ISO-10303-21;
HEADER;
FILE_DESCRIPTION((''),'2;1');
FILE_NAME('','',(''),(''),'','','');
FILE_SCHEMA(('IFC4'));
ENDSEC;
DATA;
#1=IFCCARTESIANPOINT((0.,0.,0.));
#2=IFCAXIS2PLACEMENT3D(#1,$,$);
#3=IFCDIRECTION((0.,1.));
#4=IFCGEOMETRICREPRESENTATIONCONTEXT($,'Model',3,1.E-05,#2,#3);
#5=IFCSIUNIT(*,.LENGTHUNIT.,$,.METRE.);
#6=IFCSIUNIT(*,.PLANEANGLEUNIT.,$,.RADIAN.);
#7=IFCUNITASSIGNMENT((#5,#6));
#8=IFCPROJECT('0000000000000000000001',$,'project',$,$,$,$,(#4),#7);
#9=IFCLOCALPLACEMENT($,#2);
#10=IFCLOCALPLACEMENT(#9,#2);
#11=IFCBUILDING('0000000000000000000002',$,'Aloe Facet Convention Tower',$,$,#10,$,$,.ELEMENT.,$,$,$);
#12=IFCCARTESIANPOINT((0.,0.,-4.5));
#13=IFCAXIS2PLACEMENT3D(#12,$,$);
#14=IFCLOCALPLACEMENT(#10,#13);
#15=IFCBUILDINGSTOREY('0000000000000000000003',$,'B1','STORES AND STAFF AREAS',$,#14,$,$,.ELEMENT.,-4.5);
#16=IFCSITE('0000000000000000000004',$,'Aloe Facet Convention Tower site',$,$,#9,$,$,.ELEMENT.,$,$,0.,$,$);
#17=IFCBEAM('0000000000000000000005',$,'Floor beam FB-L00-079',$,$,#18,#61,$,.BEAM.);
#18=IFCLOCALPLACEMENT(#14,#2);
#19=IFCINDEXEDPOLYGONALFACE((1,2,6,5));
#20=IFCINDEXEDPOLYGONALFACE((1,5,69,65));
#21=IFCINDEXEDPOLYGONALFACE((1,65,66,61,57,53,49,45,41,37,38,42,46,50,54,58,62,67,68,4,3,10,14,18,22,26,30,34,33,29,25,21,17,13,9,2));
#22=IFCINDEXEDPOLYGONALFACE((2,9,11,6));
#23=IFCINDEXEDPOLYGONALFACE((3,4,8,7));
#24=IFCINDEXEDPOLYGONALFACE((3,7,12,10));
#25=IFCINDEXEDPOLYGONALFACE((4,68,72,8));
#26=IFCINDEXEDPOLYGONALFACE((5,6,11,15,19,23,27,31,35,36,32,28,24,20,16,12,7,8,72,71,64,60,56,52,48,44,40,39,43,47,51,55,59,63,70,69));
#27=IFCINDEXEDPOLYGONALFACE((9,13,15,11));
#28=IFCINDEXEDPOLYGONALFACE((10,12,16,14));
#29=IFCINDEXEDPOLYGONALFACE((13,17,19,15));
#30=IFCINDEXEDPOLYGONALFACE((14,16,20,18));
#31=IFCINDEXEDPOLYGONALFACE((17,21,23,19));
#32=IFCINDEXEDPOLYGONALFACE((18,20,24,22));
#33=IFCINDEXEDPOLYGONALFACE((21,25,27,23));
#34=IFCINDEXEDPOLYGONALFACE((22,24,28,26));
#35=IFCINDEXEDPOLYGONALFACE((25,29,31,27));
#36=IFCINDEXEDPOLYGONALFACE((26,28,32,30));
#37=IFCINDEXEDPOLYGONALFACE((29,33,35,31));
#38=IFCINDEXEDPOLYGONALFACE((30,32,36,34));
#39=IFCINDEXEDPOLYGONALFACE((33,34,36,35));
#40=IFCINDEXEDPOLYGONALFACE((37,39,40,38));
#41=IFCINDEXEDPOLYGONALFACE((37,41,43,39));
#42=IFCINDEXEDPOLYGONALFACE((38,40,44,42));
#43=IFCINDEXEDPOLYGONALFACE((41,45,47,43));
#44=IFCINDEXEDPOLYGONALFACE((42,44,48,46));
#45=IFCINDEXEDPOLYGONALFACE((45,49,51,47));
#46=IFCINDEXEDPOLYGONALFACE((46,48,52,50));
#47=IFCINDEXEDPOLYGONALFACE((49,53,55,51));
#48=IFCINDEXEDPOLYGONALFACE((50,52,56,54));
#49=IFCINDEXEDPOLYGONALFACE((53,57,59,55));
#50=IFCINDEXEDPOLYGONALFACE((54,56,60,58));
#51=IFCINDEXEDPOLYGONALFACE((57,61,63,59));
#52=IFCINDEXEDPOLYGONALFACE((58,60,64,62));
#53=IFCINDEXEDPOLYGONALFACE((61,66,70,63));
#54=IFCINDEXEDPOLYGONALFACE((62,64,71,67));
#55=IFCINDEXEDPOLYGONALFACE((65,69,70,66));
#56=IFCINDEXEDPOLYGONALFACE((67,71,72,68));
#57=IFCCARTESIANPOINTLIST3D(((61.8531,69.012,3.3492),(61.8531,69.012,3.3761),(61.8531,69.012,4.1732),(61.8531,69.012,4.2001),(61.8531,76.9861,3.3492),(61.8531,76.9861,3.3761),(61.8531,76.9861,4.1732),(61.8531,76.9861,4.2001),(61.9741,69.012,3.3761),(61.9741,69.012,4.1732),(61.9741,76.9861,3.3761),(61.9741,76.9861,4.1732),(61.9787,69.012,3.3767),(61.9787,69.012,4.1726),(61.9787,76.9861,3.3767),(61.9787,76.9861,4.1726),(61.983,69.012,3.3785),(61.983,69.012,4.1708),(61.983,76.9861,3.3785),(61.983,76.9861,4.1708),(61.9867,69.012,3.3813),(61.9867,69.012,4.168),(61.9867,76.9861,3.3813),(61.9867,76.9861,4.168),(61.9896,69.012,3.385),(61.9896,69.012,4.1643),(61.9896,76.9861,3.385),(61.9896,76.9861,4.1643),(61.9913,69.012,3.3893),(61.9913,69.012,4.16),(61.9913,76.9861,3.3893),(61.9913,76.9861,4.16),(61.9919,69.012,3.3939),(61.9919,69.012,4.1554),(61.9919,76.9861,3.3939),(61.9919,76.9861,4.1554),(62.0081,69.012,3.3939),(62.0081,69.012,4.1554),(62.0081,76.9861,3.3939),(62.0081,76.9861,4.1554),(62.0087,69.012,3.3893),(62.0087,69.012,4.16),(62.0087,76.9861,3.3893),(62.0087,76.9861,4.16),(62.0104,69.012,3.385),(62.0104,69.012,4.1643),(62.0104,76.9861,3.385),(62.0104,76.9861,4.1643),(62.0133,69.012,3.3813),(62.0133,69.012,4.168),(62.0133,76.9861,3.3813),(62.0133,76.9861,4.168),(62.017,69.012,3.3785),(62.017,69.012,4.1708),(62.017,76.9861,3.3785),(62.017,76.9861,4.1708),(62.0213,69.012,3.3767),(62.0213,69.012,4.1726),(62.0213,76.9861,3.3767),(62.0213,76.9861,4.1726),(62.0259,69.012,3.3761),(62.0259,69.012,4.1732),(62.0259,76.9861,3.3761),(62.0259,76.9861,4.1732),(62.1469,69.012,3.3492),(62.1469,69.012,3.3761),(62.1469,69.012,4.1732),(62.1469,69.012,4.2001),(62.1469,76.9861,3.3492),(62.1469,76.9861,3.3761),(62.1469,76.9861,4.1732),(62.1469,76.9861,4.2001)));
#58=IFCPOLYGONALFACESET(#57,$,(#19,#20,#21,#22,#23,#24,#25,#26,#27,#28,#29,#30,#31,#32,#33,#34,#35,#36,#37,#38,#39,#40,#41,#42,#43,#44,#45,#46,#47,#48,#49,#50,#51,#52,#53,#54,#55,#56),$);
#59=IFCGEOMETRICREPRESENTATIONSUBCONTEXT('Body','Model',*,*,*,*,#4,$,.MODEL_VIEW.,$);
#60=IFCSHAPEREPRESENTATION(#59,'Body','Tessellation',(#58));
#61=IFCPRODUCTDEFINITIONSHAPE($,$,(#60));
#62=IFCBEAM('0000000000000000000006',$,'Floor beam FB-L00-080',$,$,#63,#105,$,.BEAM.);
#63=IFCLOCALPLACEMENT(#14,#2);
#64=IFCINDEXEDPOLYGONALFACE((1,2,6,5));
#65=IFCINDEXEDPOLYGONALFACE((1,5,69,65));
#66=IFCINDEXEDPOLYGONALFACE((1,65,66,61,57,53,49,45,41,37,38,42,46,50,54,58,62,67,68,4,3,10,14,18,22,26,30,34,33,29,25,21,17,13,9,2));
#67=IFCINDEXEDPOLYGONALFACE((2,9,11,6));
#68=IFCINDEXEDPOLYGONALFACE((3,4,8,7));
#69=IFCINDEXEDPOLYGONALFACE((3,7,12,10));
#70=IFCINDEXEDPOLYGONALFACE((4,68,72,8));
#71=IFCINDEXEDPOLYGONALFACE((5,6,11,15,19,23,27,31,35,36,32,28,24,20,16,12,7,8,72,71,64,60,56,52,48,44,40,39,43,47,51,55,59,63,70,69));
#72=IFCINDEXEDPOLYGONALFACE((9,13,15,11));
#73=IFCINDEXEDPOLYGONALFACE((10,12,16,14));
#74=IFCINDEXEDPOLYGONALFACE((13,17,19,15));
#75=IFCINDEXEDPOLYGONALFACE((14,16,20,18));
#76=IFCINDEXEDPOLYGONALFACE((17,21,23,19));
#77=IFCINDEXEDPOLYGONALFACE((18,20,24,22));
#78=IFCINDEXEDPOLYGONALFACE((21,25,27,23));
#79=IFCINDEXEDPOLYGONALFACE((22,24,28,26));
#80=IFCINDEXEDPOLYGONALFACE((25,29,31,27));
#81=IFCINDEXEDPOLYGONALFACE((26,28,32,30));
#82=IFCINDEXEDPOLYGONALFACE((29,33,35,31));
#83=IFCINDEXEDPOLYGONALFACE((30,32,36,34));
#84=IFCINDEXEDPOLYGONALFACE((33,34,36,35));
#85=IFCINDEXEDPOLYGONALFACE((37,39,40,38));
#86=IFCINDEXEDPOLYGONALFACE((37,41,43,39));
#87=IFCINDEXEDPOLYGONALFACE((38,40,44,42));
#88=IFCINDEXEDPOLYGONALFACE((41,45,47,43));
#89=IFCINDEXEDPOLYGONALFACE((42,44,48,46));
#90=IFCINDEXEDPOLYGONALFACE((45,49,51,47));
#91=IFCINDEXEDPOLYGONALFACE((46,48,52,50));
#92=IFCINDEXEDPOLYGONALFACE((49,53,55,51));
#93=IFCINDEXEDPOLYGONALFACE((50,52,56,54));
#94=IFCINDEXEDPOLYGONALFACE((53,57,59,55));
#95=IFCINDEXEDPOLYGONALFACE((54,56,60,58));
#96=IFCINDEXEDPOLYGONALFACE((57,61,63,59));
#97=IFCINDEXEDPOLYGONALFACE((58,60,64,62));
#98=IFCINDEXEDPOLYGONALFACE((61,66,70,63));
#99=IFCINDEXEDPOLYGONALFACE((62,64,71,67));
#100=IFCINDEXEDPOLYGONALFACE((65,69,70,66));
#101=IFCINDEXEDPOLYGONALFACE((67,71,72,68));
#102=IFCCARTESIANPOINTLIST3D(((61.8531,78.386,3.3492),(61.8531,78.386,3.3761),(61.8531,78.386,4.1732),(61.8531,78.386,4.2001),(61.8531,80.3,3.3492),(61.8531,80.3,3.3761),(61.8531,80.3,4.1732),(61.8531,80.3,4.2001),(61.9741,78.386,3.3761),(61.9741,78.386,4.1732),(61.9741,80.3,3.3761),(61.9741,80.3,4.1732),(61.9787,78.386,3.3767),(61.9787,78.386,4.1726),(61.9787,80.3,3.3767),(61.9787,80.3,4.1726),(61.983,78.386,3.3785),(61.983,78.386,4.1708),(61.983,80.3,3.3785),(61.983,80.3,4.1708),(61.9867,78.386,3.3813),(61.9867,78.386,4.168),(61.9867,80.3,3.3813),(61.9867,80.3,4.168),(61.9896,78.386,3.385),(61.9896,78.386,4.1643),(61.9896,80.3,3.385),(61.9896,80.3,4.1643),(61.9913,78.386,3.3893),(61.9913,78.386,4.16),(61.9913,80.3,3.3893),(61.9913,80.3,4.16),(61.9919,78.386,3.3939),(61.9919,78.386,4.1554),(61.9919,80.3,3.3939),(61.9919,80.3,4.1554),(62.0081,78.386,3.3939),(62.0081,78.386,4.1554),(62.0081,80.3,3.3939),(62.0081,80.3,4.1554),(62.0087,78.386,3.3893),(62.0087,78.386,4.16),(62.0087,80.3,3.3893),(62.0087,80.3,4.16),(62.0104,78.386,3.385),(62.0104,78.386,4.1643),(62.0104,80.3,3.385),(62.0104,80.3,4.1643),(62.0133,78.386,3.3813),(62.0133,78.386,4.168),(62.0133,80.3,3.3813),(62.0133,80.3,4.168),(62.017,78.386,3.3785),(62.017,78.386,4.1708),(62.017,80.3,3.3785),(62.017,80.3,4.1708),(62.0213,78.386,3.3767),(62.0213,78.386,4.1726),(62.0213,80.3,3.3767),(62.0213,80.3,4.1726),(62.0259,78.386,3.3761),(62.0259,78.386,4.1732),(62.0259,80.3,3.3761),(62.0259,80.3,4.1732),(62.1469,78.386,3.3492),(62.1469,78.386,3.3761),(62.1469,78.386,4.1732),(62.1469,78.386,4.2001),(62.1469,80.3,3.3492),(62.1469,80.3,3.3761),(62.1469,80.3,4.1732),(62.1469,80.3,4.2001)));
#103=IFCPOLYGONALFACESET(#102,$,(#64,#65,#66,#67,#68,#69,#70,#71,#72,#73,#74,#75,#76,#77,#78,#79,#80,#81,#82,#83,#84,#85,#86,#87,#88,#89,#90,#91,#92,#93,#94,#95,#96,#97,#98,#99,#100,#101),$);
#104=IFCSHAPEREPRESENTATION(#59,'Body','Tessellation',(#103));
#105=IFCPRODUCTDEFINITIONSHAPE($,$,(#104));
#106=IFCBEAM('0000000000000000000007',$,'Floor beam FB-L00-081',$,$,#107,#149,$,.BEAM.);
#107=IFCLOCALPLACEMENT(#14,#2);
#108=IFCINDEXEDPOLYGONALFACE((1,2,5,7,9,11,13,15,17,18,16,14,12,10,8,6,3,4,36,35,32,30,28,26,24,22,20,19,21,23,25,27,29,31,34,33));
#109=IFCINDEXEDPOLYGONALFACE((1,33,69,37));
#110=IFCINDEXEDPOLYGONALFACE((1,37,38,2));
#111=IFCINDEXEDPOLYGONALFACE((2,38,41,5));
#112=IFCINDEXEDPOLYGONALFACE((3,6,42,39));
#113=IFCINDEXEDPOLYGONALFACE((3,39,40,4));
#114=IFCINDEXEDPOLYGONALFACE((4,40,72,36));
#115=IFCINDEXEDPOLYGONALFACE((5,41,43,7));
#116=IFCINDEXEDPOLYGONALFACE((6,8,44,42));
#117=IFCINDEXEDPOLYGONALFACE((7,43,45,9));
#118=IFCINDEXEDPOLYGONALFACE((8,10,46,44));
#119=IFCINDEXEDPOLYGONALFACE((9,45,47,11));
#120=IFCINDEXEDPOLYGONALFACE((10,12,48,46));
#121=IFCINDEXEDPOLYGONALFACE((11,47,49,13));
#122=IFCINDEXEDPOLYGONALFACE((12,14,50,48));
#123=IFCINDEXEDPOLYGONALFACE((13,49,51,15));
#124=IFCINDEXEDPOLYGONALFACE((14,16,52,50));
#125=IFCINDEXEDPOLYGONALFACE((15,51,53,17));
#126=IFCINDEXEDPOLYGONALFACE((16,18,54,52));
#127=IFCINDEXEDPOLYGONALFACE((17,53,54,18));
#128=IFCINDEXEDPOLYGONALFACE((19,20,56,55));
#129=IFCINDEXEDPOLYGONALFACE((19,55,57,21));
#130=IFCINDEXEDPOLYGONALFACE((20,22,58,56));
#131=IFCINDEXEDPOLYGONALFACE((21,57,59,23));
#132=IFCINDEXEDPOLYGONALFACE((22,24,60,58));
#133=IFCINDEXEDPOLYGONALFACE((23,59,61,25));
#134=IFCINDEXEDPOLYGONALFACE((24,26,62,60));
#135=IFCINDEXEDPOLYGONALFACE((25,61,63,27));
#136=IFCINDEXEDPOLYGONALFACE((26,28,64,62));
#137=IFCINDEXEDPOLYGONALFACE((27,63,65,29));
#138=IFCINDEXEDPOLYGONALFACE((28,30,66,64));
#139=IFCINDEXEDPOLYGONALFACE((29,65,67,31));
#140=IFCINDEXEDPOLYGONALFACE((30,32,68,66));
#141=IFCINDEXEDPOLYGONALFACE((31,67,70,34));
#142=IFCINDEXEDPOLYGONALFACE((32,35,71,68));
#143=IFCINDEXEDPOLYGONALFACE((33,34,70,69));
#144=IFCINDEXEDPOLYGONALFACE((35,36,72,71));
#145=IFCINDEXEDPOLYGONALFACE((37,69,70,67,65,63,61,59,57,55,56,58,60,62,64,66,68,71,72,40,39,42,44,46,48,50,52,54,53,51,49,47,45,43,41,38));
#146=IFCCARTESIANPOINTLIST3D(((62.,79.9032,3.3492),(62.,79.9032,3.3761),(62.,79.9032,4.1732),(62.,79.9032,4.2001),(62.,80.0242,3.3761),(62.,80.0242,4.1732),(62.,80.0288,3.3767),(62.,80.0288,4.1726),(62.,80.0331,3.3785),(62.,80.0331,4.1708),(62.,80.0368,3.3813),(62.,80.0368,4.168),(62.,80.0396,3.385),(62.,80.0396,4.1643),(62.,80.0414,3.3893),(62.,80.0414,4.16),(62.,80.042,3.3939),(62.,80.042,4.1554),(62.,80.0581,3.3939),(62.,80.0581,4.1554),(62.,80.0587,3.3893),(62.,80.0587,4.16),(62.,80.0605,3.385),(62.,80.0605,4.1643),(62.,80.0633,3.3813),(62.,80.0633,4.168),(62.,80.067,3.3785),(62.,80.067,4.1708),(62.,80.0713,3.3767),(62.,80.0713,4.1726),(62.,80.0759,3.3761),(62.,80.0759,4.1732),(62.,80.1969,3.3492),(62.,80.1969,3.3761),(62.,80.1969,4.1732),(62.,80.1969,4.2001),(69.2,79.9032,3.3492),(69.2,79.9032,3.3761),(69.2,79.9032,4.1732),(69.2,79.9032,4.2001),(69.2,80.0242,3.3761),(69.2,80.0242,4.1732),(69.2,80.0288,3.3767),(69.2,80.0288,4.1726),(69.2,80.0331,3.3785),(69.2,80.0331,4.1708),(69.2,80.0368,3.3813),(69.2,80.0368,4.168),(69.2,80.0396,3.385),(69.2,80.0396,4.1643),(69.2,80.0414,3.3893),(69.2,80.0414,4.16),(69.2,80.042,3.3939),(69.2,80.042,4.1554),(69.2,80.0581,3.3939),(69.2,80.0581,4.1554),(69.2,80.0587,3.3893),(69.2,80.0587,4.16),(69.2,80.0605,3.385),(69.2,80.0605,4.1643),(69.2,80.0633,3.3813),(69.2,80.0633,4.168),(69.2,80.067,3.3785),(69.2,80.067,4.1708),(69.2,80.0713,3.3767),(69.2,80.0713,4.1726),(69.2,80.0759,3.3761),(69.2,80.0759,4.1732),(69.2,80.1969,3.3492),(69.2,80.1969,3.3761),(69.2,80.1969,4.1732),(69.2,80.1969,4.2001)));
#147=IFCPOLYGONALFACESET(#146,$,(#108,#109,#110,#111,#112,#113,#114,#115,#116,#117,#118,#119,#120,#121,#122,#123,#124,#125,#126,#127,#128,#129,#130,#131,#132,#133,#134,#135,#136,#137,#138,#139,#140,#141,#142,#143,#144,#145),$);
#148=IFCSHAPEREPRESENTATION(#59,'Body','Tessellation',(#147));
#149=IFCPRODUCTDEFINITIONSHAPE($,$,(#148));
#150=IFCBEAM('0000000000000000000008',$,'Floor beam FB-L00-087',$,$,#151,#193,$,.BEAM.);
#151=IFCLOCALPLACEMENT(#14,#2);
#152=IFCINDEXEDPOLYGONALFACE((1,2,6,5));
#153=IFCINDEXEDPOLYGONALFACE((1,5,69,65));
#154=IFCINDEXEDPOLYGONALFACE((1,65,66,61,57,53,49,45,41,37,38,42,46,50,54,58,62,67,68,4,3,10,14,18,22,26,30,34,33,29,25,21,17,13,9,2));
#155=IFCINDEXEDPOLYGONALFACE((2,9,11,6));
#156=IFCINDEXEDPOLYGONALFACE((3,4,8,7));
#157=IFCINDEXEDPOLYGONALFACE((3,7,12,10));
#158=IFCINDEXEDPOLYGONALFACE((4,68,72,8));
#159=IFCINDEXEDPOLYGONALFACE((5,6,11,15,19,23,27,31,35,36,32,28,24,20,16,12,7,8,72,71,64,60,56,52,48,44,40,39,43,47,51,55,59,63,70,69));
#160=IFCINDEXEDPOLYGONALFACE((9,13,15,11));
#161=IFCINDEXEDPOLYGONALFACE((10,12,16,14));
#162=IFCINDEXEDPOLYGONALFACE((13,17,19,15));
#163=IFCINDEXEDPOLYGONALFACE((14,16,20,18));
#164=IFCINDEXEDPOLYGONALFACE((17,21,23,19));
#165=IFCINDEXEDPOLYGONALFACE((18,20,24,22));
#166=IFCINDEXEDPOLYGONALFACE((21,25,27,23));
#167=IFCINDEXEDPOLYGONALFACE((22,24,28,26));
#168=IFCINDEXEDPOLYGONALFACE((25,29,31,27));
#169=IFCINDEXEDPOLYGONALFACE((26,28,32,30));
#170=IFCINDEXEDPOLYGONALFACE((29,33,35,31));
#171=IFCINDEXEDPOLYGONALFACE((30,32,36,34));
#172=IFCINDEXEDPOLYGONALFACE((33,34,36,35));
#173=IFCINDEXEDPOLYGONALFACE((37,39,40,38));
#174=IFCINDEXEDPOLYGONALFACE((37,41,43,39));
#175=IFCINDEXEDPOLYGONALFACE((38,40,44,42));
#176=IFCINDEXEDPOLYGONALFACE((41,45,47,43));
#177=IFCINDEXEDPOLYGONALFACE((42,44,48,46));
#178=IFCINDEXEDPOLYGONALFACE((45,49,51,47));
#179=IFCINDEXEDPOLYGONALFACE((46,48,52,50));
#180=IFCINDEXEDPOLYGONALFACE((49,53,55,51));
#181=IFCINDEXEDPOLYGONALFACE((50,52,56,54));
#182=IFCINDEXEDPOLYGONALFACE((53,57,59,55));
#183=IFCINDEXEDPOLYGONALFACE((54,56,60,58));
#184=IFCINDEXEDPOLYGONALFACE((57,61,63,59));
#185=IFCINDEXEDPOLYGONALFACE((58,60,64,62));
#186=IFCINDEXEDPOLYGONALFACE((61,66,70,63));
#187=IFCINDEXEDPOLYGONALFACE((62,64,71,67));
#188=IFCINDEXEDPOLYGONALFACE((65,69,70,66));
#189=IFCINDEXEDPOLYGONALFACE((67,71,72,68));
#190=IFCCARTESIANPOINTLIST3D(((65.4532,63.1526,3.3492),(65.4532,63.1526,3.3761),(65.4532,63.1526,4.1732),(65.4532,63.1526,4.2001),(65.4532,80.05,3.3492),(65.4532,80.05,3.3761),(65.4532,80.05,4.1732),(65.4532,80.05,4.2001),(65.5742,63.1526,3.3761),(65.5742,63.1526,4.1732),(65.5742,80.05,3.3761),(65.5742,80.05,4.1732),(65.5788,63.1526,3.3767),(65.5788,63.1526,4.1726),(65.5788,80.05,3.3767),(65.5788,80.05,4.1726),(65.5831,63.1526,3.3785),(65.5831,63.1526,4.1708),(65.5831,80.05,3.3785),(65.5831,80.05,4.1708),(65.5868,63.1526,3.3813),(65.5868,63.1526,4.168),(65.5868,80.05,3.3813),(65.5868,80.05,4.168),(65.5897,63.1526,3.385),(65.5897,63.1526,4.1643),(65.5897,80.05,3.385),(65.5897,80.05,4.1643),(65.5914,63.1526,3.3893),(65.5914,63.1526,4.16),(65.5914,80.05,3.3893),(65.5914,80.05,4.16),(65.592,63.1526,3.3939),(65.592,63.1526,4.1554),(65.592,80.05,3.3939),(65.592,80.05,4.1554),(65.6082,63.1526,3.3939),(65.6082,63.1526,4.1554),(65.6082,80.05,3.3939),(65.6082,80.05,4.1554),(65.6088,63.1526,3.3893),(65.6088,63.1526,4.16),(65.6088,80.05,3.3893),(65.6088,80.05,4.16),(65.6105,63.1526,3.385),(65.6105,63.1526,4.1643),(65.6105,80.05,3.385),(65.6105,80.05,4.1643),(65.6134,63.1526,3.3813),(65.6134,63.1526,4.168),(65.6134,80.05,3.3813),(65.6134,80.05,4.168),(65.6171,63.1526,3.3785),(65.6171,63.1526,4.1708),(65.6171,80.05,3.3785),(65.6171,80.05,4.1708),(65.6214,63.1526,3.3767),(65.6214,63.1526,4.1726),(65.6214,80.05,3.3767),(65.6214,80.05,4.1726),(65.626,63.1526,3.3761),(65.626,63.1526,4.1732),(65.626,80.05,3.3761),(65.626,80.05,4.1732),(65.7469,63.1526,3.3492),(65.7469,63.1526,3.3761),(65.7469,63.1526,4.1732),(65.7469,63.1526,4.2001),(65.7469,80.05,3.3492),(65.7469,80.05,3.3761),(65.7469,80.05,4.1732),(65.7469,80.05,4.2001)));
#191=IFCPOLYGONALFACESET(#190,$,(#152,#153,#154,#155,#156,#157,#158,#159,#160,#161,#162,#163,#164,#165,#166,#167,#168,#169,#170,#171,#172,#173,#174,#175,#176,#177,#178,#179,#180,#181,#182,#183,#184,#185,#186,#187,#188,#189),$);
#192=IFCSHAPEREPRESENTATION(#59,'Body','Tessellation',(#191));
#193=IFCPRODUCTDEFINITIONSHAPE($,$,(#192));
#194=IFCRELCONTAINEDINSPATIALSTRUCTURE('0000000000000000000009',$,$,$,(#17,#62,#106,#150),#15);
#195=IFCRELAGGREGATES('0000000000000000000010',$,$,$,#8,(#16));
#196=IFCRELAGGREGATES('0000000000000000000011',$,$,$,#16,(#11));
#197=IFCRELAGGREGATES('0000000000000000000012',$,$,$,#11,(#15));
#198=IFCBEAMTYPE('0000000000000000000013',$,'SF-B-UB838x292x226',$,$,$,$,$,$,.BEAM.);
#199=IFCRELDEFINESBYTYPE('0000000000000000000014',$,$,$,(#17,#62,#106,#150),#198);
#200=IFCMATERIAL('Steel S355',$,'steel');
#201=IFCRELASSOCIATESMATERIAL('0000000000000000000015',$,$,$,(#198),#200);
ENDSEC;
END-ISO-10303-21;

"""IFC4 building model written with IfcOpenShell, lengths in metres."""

from ifc_helpers import new_model, si_unit, direction, frame, origin, origin_2d, place, context, subcontext, project, spatial, i_section, extrude, material, material_profile, profile_set, type_object, element, save


model = new_model("IFC4")

# Units and contexts
model_context = context("Model", 3, precision=1e-05, world=origin(), true_north=direction((0.0, 1.0)))
body_context = subcontext(model_context, "Body", "Model", "MODEL_VIEW")
ifc_project = project(units=[si_unit("LENGTHUNIT", "METRE"), si_unit("PLANEANGLEUNIT", "RADIAN")], contexts=[model_context])

# Site, building, storey
site_placement = place(None, origin())
site = spatial("IfcSite", under=ifc_project, at=site_placement, Name="Aloe Facet Convention Tower site", CompositionType="ELEMENT", RefElevation=0.0)
building_placement = place(site_placement, origin())
building = spatial("IfcBuilding", under=site, at=building_placement, Name="Aloe Facet Convention Tower", CompositionType="ELEMENT")
storey_placement = place(building_placement, frame((0.0, 0.0, -4.5)))
storey = spatial("IfcBuildingStorey", under=building, at=storey_placement, Name="B1", Description="STORES AND STAFF AREAS", CompositionType="ELEMENT", Elevation=-4.5)

# Beams
ifc_material_1 = material(Name="Steel S355", Category="steel")
ifc_material_profile_1 = material_profile(ifc_material_1, i_section(OverallWidth=0.2937, OverallDepth=0.8508, WebThickness=0.0161, FlangeThickness=0.0269, FilletRadius=0.0178, at=origin_2d()), Name="UB 838x292x226")
ifc_profile_set_1 = profile_set([ifc_material_profile_1], Name="Steel S355")
beam_type_1 = type_object("IfcBeamType", Name="SF-B-UB838x292x226", PredefinedType="BEAM", material=ifc_profile_set_1)
beam_1_placement = place(storey_placement, frame((62.0, 69.012, 3.7747), z_axis=(0.0, 1.0, 0.0), x_axis=(-1.0, 0.0, 0.0)))
element("IfcBeam", 1, at=beam_1_placement, inside=storey, type_object=beam_type_1, Name="Floor beam FB-L00-079", PredefinedType="BEAM", context=body_context, shape_type="SweptSolid", body=[
    extrude(i_section(OverallWidth=0.2937, OverallDepth=0.8508, WebThickness=0.0161, FlangeThickness=0.0269, FilletRadius=0.0178, at=origin_2d()), origin(), (0.0, 0.0, 1.0), 7.9741),
])
beam_2_placement = place(storey_placement, frame((62.0, 78.386, 3.7747), z_axis=(0.0, 1.0, 0.0), x_axis=(-1.0, 0.0, 0.0)))
element("IfcBeam", 2, at=beam_2_placement, inside=storey, type_object=beam_type_1, Name="Floor beam FB-L00-080", PredefinedType="BEAM", context=body_context, shape_type="SweptSolid", body=[
    extrude(i_section(OverallWidth=0.2937, OverallDepth=0.8508, WebThickness=0.0161, FlangeThickness=0.0269, FilletRadius=0.0178, at=origin_2d()), origin(), (0.0, 0.0, 1.0), 1.9141),
])
beam_3_placement = place(storey_placement, frame((62.0, 80.05, 3.7747), z_axis=(1.0, 0.0, 0.0), x_axis=(0.0, 1.0, 0.0)))
element("IfcBeam", 3, at=beam_3_placement, inside=storey, type_object=beam_type_1, Name="Floor beam FB-L00-081", PredefinedType="BEAM", context=body_context, shape_type="SweptSolid", body=[
    extrude(i_section(OverallWidth=0.2937, OverallDepth=0.8508, WebThickness=0.0161, FlangeThickness=0.0269, FilletRadius=0.0178, at=origin_2d()), origin(), (0.0, 0.0, 1.0), 7.2),
])
beam_4_placement = place(storey_placement, frame((65.6001, 63.1526, 3.7747), z_axis=(0.0, 1.0, 0.0), x_axis=(-1.0, 0.0, 0.0)))
element("IfcBeam", 4, at=beam_4_placement, inside=storey, type_object=beam_type_1, Name="Floor beam FB-L00-087", PredefinedType="BEAM", context=body_context, shape_type="SweptSolid", body=[
    extrude(i_section(OverallWidth=0.2937, OverallDepth=0.8508, WebThickness=0.0161, FlangeThickness=0.0269, FilletRadius=0.0178, at=origin_2d()), origin(), (0.0, 0.0, 1.0), 16.8975),
])

save(model, "model.ifc")
